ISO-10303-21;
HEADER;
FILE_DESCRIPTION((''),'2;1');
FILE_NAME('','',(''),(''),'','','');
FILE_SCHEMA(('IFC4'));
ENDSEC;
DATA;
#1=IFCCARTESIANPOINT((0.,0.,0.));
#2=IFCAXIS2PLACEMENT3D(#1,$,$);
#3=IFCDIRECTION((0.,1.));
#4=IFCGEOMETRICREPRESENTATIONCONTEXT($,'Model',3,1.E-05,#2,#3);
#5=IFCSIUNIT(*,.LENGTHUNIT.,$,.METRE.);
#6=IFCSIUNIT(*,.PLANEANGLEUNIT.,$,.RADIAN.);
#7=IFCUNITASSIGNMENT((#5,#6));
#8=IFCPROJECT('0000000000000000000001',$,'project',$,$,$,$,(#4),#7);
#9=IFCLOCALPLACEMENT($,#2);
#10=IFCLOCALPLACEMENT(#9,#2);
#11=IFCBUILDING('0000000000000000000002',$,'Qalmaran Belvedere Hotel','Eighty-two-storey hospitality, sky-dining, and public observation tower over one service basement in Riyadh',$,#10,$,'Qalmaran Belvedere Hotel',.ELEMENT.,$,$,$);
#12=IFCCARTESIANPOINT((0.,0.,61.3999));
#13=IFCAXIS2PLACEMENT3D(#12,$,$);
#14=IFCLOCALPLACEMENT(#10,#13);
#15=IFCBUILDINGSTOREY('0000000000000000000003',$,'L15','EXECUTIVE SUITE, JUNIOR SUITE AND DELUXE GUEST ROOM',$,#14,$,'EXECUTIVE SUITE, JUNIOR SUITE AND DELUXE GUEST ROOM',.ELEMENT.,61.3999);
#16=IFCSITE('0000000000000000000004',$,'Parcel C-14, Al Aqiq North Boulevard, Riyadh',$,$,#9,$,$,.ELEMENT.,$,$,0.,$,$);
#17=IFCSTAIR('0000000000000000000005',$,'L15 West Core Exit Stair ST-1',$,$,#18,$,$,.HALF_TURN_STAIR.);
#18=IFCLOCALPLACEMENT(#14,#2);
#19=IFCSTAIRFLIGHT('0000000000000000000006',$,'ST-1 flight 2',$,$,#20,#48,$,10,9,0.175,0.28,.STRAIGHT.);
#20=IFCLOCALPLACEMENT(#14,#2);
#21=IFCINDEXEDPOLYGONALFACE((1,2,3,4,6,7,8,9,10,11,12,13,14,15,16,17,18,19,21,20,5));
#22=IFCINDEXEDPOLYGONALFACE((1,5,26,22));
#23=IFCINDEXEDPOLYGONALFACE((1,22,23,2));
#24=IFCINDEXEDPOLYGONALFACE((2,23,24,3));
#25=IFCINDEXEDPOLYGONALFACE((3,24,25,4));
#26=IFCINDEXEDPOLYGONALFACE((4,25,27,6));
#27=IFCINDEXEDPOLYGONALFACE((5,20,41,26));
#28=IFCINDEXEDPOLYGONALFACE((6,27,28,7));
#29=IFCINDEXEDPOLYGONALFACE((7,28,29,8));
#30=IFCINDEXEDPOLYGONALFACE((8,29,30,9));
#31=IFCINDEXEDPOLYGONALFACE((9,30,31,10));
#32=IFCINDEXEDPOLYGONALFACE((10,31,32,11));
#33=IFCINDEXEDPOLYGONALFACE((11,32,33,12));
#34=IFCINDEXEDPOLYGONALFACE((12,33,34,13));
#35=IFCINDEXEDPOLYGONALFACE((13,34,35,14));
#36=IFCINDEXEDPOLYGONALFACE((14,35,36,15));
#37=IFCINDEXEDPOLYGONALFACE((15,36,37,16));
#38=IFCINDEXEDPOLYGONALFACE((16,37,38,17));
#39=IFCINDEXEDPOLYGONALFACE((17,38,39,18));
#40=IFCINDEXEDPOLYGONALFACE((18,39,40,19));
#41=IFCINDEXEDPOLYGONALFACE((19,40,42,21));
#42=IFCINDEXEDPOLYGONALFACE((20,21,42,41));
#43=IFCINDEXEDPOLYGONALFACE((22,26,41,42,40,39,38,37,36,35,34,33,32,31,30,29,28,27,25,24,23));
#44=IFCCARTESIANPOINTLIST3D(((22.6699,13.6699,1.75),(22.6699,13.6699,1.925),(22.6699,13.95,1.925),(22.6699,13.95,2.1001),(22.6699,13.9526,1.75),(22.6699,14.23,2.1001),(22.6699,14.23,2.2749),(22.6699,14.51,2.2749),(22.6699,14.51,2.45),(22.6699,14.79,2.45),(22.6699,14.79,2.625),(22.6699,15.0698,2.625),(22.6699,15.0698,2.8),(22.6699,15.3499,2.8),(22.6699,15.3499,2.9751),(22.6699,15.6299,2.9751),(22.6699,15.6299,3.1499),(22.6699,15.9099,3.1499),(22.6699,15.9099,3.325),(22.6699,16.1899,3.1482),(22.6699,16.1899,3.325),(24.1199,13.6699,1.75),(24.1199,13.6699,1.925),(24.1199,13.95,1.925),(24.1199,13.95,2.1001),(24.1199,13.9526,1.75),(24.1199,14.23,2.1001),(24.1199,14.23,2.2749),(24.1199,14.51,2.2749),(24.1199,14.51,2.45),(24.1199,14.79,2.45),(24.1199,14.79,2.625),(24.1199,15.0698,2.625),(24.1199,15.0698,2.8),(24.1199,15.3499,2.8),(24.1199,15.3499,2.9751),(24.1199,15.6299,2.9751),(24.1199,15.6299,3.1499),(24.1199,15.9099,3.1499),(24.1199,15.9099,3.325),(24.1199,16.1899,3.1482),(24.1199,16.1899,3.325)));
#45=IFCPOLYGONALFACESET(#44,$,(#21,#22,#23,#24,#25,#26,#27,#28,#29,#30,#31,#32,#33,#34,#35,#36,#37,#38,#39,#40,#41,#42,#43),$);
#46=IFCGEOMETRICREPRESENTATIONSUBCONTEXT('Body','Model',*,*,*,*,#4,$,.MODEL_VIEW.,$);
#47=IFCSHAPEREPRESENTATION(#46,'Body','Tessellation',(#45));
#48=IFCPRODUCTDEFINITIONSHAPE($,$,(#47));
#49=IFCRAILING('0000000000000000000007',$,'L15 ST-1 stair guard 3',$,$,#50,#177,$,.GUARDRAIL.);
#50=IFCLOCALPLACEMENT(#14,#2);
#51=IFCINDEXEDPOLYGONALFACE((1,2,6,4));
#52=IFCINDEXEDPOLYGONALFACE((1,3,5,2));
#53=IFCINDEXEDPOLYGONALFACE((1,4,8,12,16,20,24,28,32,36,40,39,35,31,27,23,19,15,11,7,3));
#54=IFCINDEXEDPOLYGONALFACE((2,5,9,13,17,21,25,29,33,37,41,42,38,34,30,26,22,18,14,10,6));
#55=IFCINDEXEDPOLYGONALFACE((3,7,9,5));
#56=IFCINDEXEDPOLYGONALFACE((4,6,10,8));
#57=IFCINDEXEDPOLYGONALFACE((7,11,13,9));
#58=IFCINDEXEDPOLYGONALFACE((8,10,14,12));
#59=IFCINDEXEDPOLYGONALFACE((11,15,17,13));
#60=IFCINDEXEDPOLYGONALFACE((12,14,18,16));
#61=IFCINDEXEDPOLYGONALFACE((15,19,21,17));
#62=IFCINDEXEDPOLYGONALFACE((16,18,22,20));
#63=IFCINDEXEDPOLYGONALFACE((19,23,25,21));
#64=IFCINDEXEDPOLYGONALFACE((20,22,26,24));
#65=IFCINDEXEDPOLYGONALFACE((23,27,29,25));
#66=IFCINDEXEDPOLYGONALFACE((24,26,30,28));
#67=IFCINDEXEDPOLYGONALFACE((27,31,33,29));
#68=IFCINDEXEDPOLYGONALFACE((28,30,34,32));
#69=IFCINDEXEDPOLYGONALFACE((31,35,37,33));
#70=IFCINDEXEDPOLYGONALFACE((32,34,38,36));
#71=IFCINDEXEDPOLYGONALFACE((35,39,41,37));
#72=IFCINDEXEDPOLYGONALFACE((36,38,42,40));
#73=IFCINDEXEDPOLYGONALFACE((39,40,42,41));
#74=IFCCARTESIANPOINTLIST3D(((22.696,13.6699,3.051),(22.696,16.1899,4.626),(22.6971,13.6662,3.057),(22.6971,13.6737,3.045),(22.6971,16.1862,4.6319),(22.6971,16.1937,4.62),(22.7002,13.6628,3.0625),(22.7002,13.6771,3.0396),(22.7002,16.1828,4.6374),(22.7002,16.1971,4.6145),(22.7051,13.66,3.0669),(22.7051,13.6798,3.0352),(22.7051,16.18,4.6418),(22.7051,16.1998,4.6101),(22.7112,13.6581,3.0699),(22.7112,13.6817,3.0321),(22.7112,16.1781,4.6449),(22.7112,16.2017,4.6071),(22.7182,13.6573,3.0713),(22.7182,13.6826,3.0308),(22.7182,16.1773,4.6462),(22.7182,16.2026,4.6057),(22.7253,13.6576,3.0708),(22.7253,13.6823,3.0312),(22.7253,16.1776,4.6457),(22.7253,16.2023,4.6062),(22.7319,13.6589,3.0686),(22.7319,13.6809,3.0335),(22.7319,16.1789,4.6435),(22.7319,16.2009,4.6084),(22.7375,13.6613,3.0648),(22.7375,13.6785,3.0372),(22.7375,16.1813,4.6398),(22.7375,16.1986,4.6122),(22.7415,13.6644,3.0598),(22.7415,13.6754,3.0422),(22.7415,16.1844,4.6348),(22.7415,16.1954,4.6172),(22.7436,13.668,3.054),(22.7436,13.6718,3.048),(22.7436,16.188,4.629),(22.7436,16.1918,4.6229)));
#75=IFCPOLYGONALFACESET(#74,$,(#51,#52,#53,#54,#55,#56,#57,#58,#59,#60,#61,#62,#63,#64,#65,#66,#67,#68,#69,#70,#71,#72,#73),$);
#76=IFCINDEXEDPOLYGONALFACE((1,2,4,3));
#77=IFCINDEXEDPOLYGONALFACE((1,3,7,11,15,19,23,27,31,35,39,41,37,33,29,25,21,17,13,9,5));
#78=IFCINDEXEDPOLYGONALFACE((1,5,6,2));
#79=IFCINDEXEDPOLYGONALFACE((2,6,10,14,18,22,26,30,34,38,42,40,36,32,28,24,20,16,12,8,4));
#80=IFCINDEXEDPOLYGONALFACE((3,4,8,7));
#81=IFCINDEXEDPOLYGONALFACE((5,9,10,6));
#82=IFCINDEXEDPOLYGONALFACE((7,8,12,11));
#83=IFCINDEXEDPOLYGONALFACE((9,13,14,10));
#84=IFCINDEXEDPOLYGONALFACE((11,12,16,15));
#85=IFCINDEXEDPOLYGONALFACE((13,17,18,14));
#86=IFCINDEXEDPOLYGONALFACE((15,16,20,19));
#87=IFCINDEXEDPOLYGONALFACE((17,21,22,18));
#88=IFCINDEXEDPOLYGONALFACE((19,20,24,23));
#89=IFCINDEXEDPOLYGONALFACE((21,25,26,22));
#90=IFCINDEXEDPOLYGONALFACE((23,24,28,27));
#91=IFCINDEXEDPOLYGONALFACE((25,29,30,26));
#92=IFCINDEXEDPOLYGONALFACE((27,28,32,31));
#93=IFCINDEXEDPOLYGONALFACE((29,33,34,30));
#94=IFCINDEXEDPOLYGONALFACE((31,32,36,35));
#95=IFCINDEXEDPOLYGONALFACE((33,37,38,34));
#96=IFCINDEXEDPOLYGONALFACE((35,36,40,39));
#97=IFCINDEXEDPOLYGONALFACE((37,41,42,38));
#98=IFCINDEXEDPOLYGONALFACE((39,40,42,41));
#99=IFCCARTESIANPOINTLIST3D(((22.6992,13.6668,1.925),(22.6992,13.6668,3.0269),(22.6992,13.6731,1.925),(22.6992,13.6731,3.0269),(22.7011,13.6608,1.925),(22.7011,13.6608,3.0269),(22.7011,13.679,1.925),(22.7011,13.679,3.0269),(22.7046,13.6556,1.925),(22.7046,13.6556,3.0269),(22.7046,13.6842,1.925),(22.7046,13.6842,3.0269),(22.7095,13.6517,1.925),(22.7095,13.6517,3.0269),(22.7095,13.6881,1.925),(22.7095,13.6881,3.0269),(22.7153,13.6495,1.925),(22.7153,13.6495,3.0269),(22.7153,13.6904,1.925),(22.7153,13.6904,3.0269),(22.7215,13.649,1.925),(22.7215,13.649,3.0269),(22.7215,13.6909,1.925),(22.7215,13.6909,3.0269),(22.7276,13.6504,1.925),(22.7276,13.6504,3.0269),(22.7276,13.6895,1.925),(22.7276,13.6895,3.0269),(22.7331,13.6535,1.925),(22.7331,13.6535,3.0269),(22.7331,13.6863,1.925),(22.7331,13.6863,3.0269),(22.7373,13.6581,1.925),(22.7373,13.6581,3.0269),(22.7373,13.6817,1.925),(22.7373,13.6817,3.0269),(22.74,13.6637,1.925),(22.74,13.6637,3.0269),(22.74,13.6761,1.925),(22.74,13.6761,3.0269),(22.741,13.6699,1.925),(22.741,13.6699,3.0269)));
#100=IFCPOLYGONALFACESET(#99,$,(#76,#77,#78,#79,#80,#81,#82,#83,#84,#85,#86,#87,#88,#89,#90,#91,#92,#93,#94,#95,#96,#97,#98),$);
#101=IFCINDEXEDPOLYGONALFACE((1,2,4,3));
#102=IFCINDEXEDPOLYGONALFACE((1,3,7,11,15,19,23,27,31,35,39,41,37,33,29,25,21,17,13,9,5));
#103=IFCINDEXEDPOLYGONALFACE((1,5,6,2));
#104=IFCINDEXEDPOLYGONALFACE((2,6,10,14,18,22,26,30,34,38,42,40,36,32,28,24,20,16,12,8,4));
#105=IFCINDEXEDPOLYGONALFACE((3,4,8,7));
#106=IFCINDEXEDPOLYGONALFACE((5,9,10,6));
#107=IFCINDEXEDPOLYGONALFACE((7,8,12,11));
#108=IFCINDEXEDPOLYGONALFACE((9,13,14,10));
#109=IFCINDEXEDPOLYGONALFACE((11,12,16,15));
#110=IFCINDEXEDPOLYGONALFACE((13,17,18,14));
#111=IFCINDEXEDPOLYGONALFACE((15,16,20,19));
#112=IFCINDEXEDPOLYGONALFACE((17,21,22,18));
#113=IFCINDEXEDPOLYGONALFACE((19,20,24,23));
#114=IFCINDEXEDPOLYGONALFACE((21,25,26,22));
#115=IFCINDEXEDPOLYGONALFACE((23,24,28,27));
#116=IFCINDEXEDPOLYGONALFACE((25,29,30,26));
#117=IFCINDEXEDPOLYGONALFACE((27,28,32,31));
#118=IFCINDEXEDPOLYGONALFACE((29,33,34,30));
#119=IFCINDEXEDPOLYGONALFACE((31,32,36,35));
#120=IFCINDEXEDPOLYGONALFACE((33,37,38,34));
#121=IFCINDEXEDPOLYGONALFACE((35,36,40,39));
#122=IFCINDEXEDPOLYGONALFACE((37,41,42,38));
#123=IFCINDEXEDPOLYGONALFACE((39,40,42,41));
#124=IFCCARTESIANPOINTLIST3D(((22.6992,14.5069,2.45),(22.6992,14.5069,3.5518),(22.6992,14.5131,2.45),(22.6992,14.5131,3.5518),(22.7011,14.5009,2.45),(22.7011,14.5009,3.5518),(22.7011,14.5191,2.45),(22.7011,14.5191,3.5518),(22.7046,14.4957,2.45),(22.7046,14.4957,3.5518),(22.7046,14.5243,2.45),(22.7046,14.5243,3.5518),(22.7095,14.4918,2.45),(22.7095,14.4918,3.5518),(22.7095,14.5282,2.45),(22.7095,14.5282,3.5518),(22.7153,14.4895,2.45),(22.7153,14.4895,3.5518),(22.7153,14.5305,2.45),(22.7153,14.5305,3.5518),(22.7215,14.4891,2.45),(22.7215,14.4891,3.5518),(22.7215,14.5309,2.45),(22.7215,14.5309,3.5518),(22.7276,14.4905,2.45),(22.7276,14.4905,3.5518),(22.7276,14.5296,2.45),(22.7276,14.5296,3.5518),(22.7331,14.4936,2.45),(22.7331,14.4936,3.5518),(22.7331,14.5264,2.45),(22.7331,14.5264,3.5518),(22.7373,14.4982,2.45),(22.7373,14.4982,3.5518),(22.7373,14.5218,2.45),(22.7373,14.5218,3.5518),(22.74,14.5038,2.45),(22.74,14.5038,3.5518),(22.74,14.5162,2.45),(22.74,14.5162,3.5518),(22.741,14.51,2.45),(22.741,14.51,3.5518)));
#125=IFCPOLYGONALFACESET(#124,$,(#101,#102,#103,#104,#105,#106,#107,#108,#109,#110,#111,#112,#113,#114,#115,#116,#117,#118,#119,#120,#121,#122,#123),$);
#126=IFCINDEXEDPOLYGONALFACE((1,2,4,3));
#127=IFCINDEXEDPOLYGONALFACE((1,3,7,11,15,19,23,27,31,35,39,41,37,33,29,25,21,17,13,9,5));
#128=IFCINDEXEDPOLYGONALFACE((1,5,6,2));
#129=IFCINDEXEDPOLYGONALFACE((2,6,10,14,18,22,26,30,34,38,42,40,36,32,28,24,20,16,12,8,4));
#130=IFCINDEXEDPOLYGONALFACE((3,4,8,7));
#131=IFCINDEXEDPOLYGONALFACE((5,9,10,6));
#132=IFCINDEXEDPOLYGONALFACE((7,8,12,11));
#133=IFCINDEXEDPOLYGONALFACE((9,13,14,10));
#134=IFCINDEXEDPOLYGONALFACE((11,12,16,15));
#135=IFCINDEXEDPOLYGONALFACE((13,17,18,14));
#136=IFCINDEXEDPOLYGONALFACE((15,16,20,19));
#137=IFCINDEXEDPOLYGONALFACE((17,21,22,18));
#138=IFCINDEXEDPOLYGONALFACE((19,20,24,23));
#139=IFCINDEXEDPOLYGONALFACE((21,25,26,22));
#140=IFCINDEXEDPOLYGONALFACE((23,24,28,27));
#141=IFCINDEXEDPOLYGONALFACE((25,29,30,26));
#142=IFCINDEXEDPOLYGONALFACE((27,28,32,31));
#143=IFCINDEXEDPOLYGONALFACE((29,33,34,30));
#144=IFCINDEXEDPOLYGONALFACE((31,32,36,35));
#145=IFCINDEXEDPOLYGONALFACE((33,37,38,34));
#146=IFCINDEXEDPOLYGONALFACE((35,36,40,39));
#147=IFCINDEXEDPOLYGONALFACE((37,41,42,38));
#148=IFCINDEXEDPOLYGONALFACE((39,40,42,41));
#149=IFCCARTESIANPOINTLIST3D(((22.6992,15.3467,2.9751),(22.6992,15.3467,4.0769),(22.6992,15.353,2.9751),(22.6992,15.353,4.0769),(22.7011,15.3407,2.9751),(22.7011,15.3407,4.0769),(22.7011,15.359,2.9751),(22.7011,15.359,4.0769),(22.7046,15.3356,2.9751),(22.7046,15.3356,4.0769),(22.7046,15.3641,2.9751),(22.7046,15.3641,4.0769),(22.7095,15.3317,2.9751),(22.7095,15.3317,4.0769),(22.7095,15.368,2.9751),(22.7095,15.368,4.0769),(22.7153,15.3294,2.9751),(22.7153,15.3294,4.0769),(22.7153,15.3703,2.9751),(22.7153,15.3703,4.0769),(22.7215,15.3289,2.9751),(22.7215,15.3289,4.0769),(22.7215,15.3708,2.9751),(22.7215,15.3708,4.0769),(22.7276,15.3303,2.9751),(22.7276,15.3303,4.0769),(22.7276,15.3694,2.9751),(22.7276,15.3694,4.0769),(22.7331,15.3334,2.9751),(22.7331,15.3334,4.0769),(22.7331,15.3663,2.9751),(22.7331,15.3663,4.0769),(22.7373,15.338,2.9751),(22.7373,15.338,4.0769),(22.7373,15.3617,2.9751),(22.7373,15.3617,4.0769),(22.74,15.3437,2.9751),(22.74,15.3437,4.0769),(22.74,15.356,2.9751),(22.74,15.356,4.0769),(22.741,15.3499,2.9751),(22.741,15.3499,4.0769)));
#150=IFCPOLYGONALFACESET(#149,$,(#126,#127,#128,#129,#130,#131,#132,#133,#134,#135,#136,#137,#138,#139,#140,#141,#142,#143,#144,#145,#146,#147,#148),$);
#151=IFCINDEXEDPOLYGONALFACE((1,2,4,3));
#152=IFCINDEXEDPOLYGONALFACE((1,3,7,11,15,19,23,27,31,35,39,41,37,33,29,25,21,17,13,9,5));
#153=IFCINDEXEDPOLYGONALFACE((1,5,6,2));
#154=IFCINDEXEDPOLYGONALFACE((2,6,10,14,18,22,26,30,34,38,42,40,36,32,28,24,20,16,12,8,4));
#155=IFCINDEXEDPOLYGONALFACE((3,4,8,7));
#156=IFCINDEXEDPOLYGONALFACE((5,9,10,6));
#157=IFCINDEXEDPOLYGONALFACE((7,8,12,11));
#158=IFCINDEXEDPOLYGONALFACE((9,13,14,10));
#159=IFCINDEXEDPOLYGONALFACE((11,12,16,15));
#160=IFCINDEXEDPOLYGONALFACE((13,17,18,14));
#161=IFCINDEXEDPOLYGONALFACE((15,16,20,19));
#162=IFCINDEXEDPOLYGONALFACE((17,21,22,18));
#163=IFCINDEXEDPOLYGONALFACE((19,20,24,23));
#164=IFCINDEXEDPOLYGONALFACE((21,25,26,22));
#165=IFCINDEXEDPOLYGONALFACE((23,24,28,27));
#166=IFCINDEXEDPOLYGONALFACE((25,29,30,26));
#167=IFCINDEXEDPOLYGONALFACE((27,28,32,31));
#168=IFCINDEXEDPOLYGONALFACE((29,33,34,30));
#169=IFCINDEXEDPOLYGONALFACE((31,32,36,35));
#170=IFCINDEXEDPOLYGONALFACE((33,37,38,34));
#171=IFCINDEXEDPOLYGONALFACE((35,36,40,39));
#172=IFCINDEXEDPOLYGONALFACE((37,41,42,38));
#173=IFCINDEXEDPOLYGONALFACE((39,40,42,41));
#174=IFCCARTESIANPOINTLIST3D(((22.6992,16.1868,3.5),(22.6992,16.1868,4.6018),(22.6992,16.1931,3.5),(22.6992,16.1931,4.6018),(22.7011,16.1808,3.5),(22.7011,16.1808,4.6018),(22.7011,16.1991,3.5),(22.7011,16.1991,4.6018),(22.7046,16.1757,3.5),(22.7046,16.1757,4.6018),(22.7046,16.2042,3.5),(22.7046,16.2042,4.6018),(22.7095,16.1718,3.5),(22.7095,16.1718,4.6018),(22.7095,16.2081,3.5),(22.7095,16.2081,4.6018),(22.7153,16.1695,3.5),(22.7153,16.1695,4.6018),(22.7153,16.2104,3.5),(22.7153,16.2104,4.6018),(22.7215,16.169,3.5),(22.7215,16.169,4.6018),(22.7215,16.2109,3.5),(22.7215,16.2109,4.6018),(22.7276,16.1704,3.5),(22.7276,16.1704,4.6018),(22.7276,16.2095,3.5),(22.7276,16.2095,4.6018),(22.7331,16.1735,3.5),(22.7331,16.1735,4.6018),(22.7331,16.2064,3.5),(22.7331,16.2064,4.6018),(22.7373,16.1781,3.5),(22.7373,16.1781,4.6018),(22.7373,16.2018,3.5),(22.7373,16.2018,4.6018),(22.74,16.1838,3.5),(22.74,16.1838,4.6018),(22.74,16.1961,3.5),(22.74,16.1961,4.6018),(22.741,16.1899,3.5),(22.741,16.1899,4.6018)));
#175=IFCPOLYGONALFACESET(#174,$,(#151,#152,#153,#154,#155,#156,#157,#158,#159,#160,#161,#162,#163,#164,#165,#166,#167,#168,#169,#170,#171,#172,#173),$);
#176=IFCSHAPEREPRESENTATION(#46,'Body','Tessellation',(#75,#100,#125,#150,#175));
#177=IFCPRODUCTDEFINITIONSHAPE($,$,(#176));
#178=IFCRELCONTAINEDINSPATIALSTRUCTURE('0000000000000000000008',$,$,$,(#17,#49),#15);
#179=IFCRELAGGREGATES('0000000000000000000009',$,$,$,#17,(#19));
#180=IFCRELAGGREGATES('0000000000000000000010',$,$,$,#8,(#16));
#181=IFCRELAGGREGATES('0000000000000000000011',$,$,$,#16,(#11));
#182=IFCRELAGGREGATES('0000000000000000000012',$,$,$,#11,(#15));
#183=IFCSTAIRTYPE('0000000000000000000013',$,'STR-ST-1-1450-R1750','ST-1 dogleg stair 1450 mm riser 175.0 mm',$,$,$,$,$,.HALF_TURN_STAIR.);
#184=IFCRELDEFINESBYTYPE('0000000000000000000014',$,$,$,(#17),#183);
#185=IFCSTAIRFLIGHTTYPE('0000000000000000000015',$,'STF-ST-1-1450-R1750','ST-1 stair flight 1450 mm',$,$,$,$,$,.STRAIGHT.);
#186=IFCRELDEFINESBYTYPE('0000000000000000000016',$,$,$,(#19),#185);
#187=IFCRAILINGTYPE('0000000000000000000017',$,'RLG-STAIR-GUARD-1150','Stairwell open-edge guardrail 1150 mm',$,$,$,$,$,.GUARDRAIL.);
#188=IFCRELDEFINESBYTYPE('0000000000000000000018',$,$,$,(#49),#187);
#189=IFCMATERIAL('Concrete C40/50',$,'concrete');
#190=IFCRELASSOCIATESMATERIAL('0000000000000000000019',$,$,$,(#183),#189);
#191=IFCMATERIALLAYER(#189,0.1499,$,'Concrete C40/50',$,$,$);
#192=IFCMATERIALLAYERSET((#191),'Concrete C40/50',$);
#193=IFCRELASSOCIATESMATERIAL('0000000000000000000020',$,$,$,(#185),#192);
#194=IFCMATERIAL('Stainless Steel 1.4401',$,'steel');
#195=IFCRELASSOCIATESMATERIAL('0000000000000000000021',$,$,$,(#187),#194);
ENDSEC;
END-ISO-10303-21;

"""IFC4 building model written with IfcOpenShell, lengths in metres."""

from ifc_helpers import new_model, si_unit, direction, frame, origin, origin_2d, place, context, subcontext, project, spatial, polyline, circle, outline, extrude, material, layer, layer_set, type_object, element, aggregate, save


model = new_model("IFC4")

# Units and contexts
model_context = context("Model", 3, precision=1e-05, world=origin(), true_north=direction((0.0, 1.0)))
body_context = subcontext(model_context, "Body", "Model", "MODEL_VIEW")
ifc_project = project(units=[si_unit("LENGTHUNIT", "METRE"), si_unit("PLANEANGLEUNIT", "RADIAN")], contexts=[model_context])

# Site, building, storey
site_placement = place(None, origin())
site = spatial("IfcSite", under=ifc_project, at=site_placement, Name="Parcel C-14, Al Aqiq North Boulevard, Riyadh", CompositionType="ELEMENT", RefElevation=0.0)
building_placement = place(site_placement, origin())
building = spatial("IfcBuilding", under=site, at=building_placement, Name="Qalmaran Belvedere Hotel", Description="Eighty-two-storey hospitality, sky-dining, and public observation tower over one service basement in Riyadh", LongName="Qalmaran Belvedere Hotel", CompositionType="ELEMENT")
storey_placement = place(building_placement, frame((0.0, 0.0, 61.3999)))
storey = spatial("IfcBuildingStorey", under=building, at=storey_placement, Name="L15", Description="EXECUTIVE SUITE, JUNIOR SUITE AND DELUXE GUEST ROOM", LongName="EXECUTIVE SUITE, JUNIOR SUITE AND DELUXE GUEST ROOM", CompositionType="ELEMENT", Elevation=61.3999)

# Stair, stair flight
ifc_material_1 = material(Name="Concrete C40/50", Category="concrete")
stair_type = type_object("IfcStairType", Name="STR-ST-1-1450-R1750", Description="ST-1 dogleg stair 1450 mm riser 175.0 mm", PredefinedType="HALF_TURN_STAIR", material=ifc_material_1)
stair_placement = place(storey_placement, origin())
stair = element("IfcStair", 1, at=stair_placement, inside=storey, type_object=stair_type, Name="L15 West Core Exit Stair ST-1", PredefinedType="HALF_TURN_STAIR")
ifc_layer_1 = layer(ifc_material_1, 0.1499, Name="Concrete C40/50")
ifc_layer_set_1 = layer_set([ifc_layer_1], Name="Concrete C40/50")
stair_flight_type = type_object("IfcStairFlightType", Name="STF-ST-1-1450-R1750", Description="ST-1 stair flight 1450 mm", PredefinedType="STRAIGHT", material=ifc_layer_set_1)
stair_flight_placement = place(storey_placement, frame((23.395, 13.6699, 1.75), z_axis=(0.0, 0.0, 1.0), x_axis=(0.0, 1.0, 0.0)))
stair_flight = element("IfcStairFlight", 2, at=stair_flight_placement, type_object=stair_flight_type, Name="ST-1 flight 2", NumberOfRisers=10, NumberOfTreads=9, PredefinedType="STRAIGHT", RiserHeight=0.175, TreadLength=0.28, context=body_context, shape_type="SweptSolid", body=[
    extrude(outline(polyline([(0.0, 0.0), (0.0, 0.175), (0.28, 0.175), (0.28, 0.3501), (0.5601, 0.3501), (0.5601, 0.5249), (0.8401, 0.5249), (0.8401, 0.7), (1.1201, 0.7), (1.1201, 0.875), (1.3999, 0.875), (1.3999, 1.05), (1.6799, 1.05), (1.6799, 1.2251), (1.96, 1.2251), (1.96, 1.3999), (2.24, 1.3999), (2.24, 1.575), (2.52, 1.575), (2.52, 1.75), (2.52, 1.3982), (0.2827, 0.0), (0.0, 0.0)])), frame((0.0, 0.7251, 0.0), z_axis=(0.0, -1.0, 0.0), x_axis=(1.0, 0.0, 0.0)), (0.0, 0.0, 1.0), 1.45),
])
aggregate(stair, [stair_flight])

# Railing
ifc_material_2 = material(Name="Stainless Steel 1.4401", Category="steel")
railing_type_1 = type_object("IfcRailingType", Name="RLG-STAIR-GUARD-1150", Description="Stairwell open-edge guardrail 1150 mm", PredefinedType="GUARDRAIL", material=ifc_material_2)
railing_1_placement = place(storey_placement, frame((22.72, 13.6699, 1.925)))
element("IfcRailing", 3, at=railing_1_placement, inside=storey, type_object=railing_type_1, Name="L15 ST-1 stair guard 3", PredefinedType="GUARDRAIL", context=body_context, shape_type="SweptSolid", body=[
    extrude(circle(Radius=0.0239, at=origin_2d()), frame((0.0, 0.0, 1.126), z_axis=(0.0, 0.848008, 0.529984), x_axis=(-1.0, 0.0, 0.0)), (0.0, 0.0, 1.0), 2.9717),
    extrude(circle(Radius=0.021, at=origin_2d()), origin(), (0.0, 0.0, 1.0), 1.1018),
    extrude(circle(Radius=0.021, at=origin_2d()), frame((0.0, 0.8401, 0.5249)), (0.0, 0.0, 1.0), 1.1018),
    extrude(circle(Radius=0.021, at=origin_2d()), frame((0.0, 1.6799, 1.05)), (0.0, 0.0, 1.0), 1.1018),
    extrude(circle(Radius=0.021, at=origin_2d()), frame((0.0, 2.52, 1.575)), (0.0, 0.0, 1.0), 1.1018),
])

save(model, "model.ifc")
